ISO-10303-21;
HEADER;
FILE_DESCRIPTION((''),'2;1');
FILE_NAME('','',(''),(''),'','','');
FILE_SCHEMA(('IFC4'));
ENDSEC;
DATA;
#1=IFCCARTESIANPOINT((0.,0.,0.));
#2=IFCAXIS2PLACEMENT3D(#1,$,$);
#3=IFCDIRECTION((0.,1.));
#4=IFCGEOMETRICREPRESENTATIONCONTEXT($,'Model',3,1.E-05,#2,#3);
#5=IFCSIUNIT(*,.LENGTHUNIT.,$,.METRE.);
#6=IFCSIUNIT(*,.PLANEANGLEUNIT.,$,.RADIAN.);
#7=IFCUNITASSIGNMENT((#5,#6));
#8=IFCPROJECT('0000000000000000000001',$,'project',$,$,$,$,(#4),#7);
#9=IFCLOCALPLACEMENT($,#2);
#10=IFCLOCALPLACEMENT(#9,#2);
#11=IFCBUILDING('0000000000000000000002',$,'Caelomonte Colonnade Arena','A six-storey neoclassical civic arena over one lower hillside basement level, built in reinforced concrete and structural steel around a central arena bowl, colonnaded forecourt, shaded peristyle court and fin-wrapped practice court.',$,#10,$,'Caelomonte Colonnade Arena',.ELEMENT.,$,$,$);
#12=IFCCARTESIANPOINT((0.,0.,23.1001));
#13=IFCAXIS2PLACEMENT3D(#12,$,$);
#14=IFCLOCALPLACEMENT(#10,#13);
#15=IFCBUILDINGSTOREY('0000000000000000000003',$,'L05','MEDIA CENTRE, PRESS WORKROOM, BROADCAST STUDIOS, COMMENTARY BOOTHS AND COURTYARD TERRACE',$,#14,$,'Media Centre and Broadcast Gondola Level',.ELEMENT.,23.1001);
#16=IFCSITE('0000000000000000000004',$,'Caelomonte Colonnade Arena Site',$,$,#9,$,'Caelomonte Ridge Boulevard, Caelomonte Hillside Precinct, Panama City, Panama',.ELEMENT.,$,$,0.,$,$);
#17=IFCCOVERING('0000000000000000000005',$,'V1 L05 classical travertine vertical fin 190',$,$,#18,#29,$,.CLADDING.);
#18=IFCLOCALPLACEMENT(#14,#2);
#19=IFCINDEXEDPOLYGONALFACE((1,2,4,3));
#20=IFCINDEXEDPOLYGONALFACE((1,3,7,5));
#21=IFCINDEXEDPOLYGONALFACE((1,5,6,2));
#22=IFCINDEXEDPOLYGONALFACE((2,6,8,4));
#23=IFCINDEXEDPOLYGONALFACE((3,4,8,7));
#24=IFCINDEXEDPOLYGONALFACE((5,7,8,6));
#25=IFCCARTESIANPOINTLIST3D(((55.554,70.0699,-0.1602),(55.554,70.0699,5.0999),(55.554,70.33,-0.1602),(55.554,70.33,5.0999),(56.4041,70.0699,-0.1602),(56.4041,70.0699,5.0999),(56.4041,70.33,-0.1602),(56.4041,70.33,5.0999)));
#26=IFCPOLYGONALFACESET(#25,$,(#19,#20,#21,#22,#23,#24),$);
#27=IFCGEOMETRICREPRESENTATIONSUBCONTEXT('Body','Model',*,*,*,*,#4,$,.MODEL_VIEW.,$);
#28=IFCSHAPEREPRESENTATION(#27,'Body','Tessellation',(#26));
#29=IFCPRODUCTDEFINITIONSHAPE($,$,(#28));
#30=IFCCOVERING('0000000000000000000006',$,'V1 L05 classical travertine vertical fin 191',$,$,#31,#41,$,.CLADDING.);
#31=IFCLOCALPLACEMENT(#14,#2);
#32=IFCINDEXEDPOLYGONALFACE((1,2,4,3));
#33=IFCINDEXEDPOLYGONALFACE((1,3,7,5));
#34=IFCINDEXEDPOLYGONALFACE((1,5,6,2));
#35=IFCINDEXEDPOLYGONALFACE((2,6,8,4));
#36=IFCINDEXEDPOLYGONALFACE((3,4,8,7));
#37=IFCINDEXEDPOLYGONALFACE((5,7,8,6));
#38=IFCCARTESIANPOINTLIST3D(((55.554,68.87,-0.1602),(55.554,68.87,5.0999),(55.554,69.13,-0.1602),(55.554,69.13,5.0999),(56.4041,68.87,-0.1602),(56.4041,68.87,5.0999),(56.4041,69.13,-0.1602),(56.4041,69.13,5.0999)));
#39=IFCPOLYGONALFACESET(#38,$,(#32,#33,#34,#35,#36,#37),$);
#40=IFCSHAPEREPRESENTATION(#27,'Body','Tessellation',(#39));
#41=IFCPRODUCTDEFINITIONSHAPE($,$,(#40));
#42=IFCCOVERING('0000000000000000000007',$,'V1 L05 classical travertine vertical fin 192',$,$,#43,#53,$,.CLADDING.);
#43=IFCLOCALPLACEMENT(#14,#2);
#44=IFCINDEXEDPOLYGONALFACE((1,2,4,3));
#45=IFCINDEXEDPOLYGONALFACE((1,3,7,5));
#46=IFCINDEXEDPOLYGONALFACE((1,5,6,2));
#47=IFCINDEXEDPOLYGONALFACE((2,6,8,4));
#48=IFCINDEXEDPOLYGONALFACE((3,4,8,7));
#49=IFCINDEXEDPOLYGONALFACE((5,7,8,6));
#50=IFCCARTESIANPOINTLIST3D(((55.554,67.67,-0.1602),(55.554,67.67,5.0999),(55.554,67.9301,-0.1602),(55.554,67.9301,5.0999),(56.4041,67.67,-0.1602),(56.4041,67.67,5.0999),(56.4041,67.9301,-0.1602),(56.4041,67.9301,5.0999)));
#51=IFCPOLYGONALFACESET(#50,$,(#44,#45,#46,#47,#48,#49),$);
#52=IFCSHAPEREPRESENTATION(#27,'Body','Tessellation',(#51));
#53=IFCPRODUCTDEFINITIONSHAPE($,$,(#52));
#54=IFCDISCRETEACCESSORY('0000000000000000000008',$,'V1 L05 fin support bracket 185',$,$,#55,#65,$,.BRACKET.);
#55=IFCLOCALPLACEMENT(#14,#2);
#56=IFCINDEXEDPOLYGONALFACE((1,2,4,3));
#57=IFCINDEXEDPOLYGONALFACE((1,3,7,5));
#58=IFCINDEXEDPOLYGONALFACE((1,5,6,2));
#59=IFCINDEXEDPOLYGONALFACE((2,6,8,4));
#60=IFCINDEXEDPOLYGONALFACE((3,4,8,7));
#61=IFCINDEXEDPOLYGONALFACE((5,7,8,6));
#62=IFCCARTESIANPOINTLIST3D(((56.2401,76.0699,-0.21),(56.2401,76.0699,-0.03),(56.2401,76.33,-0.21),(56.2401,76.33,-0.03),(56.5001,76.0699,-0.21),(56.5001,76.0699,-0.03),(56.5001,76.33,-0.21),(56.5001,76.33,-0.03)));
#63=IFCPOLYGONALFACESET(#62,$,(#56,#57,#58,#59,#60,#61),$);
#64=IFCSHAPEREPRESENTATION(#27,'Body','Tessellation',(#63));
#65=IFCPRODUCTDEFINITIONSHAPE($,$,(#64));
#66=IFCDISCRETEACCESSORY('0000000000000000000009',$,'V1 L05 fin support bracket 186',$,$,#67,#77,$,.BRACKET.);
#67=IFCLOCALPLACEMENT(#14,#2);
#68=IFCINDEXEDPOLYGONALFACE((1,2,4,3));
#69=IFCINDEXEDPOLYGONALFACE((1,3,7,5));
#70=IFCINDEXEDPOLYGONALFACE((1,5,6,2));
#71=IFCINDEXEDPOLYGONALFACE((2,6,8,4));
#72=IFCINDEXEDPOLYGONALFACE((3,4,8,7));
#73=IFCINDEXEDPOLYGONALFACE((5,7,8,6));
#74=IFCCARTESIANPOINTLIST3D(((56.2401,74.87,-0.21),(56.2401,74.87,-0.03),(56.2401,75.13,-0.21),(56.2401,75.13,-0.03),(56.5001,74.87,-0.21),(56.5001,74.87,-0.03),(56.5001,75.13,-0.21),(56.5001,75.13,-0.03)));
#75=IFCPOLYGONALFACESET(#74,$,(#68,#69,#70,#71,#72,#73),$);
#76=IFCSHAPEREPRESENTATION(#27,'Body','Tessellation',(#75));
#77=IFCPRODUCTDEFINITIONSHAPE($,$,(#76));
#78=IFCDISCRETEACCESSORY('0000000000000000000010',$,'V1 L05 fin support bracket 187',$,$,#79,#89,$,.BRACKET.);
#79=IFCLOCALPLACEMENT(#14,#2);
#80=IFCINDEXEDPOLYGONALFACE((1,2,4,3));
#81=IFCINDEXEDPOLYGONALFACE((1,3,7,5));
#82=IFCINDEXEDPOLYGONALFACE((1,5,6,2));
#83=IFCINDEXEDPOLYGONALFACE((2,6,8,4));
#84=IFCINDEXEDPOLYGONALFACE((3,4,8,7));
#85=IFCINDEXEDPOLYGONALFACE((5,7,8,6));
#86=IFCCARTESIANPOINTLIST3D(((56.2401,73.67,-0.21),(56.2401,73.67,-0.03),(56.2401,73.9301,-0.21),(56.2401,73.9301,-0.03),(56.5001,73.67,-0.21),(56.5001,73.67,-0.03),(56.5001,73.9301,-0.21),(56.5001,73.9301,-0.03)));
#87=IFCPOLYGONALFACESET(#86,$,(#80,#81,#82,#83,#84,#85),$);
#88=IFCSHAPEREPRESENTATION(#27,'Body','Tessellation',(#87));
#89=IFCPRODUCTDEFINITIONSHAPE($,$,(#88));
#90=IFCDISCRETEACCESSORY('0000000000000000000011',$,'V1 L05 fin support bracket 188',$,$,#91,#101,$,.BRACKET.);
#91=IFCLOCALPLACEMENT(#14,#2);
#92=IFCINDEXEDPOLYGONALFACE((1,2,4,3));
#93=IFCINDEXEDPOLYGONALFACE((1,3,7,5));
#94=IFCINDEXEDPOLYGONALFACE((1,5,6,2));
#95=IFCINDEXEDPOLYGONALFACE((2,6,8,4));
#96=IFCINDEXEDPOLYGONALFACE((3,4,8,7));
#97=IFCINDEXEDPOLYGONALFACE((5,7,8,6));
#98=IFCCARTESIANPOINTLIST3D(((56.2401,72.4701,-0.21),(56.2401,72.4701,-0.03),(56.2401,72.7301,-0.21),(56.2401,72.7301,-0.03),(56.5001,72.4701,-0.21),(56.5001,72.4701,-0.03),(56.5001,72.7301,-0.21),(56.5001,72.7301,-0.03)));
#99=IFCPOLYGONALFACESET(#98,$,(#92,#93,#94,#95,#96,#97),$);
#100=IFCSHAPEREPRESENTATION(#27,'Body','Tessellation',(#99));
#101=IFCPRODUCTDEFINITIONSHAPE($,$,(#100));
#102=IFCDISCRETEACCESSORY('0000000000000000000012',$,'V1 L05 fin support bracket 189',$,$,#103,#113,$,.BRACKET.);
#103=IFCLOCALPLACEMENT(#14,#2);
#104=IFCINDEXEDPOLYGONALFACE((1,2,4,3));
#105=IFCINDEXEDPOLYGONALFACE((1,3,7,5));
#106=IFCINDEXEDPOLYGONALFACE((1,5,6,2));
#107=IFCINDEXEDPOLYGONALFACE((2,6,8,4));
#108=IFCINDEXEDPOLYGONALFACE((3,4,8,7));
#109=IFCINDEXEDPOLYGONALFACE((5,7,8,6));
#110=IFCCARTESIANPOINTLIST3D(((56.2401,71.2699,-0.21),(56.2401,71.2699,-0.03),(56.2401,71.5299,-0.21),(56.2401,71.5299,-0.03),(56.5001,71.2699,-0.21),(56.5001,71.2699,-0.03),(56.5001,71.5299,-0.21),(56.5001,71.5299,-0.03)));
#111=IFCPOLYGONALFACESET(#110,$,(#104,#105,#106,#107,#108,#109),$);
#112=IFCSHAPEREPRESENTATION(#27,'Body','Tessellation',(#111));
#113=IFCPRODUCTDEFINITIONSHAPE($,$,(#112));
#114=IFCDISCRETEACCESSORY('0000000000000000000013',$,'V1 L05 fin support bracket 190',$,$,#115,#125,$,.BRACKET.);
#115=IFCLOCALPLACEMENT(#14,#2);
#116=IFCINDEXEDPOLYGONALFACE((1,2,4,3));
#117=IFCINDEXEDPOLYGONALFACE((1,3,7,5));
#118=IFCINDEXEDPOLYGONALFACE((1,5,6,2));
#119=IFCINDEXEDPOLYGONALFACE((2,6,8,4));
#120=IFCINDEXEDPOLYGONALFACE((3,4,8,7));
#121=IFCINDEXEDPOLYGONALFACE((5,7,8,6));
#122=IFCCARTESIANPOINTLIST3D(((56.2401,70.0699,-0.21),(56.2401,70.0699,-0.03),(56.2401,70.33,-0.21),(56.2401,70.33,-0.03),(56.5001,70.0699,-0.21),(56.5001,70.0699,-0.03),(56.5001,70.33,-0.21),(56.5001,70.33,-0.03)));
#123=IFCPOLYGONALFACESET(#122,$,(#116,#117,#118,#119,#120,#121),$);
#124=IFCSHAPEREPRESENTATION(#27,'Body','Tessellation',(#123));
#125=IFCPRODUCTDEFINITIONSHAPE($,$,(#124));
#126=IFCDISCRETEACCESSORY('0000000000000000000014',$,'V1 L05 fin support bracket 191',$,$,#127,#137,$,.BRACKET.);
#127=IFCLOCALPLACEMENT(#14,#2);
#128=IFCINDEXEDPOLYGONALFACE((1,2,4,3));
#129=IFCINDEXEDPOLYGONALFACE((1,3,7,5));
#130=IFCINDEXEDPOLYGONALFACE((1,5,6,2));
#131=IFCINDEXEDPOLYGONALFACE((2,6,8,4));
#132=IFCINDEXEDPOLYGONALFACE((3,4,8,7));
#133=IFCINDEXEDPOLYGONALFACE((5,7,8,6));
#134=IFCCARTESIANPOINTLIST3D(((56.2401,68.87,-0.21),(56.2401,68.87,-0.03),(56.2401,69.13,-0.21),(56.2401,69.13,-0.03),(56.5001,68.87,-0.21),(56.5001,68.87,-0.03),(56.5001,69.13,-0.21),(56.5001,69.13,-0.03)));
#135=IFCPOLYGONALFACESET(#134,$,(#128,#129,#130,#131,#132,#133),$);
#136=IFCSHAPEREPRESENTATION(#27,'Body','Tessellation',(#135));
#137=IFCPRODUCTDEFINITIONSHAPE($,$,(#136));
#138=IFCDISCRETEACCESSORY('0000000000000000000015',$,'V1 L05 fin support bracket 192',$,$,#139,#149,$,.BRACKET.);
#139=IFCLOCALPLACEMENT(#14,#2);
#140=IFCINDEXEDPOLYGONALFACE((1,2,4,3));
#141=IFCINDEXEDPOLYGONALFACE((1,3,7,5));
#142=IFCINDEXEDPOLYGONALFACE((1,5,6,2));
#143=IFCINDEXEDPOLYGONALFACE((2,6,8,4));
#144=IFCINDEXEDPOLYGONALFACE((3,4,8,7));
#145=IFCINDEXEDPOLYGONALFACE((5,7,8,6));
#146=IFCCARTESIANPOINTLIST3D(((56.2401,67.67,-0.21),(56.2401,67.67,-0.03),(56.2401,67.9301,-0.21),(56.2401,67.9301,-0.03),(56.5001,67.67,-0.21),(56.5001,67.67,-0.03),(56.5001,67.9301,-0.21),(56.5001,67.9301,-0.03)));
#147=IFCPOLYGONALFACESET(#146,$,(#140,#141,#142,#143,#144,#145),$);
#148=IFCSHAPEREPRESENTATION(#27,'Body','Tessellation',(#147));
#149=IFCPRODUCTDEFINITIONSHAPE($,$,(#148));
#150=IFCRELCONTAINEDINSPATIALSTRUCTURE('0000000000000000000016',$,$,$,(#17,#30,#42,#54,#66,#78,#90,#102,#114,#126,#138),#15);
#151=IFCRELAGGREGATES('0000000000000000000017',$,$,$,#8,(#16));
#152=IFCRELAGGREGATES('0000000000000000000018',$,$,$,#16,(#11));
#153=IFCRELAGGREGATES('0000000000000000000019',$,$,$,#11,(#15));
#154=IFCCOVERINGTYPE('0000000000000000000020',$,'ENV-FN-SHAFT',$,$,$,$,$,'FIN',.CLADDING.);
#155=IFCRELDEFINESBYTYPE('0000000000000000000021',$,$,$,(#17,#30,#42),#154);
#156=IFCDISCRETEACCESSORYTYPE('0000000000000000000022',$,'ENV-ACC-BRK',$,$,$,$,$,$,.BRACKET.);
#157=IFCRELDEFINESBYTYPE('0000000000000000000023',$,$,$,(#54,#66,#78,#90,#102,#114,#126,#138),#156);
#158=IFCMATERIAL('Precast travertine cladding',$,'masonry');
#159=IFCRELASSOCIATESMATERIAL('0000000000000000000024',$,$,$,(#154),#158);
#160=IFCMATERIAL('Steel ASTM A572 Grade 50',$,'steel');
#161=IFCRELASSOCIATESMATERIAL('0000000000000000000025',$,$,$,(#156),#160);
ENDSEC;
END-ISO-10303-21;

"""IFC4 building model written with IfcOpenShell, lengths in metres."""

from ifc_helpers import new_model, si_unit, direction, frame, origin, origin_2d, place, context, subcontext, project, spatial, rectangle, extrude, material, material_profile, profile_set, type_object, element, save


model = new_model("IFC4")

# Units and contexts
model_context = context("Model", 3, precision=1e-05, world=origin(), true_north=direction((0.0, 1.0)))
body_context = subcontext(model_context, "Body", "Model", "MODEL_VIEW")
ifc_project = project(units=[si_unit("LENGTHUNIT", "METRE"), si_unit("PLANEANGLEUNIT", "RADIAN")], contexts=[model_context])

# Site, building, storey
site_placement = place(None, origin())
site = spatial("IfcSite", under=ifc_project, at=site_placement, Name="Caelomonte Colonnade Arena Site", LongName="Caelomonte Ridge Boulevard, Caelomonte Hillside Precinct, Panama City, Panama", CompositionType="ELEMENT", RefElevation=0.0)
building_placement = place(site_placement, origin())
building = spatial("IfcBuilding", under=site, at=building_placement, Name="Caelomonte Colonnade Arena", Description="A six-storey neoclassical civic arena over one lower hillside basement level, built in reinforced concrete and structural steel around a central arena bowl, colonnaded forecourt, shaded peristyle court and fin-wrapped practice court.", LongName="Caelomonte Colonnade Arena", CompositionType="ELEMENT")
storey_placement = place(building_placement, frame((0.0, 0.0, 23.1001)))
storey = spatial("IfcBuildingStorey", under=building, at=storey_placement, Name="L05", Description="MEDIA CENTRE, PRESS WORKROOM, BROADCAST STUDIOS, COMMENTARY BOOTHS AND COURTYARD TERRACE", LongName="Media Centre and Broadcast Gondola Level", CompositionType="ELEMENT", Elevation=23.1001)

# Coverings
ifc_material_1 = material(Name="Precast travertine cladding", Category="masonry")
ifc_material_profile_1 = material_profile(ifc_material_1, rectangle(XDim=0.26, YDim=0.8501, at=origin_2d()), Name="FIN260X850")
ifc_profile_set_1 = profile_set([ifc_material_profile_1], Name="Precast travertine cladding")
covering_type = type_object("IfcCoveringType", Name="ENV-FN-SHAFT", ElementType="FIN", PredefinedType="CLADDING", material=ifc_profile_set_1)
for number, where, z_axis, x_axis, name in (
    (1, (55.979, 70.2, -0.1602), (0.0, 0.0, 1.0), (0.0, 1.0, 0.0), "V1 L05 classical travertine vertical fin 190"),
    (2, (55.979, 69.0, -0.1602), (0.0, 0.0, 1.0), (0.0, 1.0, 0.0), "V1 L05 classical travertine vertical fin 191"),
    (3, (55.979, 67.8, -0.1602), (0.0, 0.0, 1.0), (0.0, 1.0, 0.0), "V1 L05 classical travertine vertical fin 192"),
):
    element("IfcCovering", number, at=place(storey_placement, frame(where, z_axis=z_axis, x_axis=x_axis)), inside=storey, type_object=covering_type, Name=name, PredefinedType="CLADDING", context=body_context, shape_type="SweptSolid", body=[
        extrude(rectangle(XDim=0.26, YDim=0.8501, at=origin_2d()), origin(), (0.0, 0.0, 1.0), 5.26),
    ])

# Discrete accessories
ifc_material_2 = material(Name="Steel ASTM A572 Grade 50", Category="steel")
discrete_accessory_type = type_object("IfcDiscreteAccessoryType", Name="ENV-ACC-BRK", PredefinedType="BRACKET", material=ifc_material_2)
for number, where, z_axis, x_axis, name in (
    (4, (56.3701, 76.2, -0.21), (0.0, 0.0, 1.0), (0.0, -1.0, 0.0), "V1 L05 fin support bracket 185"),
    (5, (56.3701, 75.0, -0.21), (0.0, 0.0, 1.0), (0.0, -1.0, 0.0), "V1 L05 fin support bracket 186"),
    (6, (56.3701, 73.8, -0.21), (0.0, 0.0, 1.0), (0.0, -1.0, 0.0), "V1 L05 fin support bracket 187"),
    (7, (56.3701, 72.6001, -0.21), (0.0, 0.0, 1.0), (0.0, -1.0, 0.0), "V1 L05 fin support bracket 188"),
    (8, (56.3701, 71.3999, -0.21), (0.0, 0.0, 1.0), (0.0, -1.0, 0.0), "V1 L05 fin support bracket 189"),
    (9, (56.3701, 70.2, -0.21), (0.0, 0.0, 1.0), (0.0, -1.0, 0.0), "V1 L05 fin support bracket 190"),
    (10, (56.3701, 69.0, -0.21), (0.0, 0.0, 1.0), (0.0, -1.0, 0.0), "V1 L05 fin support bracket 191"),
    (11, (56.3701, 67.8, -0.21), (0.0, 0.0, 1.0), (0.0, -1.0, 0.0), "V1 L05 fin support bracket 192"),
):
    element("IfcDiscreteAccessory", number, at=place(storey_placement, frame(where, z_axis=z_axis, x_axis=x_axis)), inside=storey, type_object=discrete_accessory_type, Name=name, PredefinedType="BRACKET", context=body_context, shape_type="SweptSolid", body=[
        extrude(rectangle(XDim=0.26, YDim=0.26, at=origin_2d()), origin(), (0.0, 0.0, 1.0), 0.1799),
    ])

save(model, "model.ifc")
